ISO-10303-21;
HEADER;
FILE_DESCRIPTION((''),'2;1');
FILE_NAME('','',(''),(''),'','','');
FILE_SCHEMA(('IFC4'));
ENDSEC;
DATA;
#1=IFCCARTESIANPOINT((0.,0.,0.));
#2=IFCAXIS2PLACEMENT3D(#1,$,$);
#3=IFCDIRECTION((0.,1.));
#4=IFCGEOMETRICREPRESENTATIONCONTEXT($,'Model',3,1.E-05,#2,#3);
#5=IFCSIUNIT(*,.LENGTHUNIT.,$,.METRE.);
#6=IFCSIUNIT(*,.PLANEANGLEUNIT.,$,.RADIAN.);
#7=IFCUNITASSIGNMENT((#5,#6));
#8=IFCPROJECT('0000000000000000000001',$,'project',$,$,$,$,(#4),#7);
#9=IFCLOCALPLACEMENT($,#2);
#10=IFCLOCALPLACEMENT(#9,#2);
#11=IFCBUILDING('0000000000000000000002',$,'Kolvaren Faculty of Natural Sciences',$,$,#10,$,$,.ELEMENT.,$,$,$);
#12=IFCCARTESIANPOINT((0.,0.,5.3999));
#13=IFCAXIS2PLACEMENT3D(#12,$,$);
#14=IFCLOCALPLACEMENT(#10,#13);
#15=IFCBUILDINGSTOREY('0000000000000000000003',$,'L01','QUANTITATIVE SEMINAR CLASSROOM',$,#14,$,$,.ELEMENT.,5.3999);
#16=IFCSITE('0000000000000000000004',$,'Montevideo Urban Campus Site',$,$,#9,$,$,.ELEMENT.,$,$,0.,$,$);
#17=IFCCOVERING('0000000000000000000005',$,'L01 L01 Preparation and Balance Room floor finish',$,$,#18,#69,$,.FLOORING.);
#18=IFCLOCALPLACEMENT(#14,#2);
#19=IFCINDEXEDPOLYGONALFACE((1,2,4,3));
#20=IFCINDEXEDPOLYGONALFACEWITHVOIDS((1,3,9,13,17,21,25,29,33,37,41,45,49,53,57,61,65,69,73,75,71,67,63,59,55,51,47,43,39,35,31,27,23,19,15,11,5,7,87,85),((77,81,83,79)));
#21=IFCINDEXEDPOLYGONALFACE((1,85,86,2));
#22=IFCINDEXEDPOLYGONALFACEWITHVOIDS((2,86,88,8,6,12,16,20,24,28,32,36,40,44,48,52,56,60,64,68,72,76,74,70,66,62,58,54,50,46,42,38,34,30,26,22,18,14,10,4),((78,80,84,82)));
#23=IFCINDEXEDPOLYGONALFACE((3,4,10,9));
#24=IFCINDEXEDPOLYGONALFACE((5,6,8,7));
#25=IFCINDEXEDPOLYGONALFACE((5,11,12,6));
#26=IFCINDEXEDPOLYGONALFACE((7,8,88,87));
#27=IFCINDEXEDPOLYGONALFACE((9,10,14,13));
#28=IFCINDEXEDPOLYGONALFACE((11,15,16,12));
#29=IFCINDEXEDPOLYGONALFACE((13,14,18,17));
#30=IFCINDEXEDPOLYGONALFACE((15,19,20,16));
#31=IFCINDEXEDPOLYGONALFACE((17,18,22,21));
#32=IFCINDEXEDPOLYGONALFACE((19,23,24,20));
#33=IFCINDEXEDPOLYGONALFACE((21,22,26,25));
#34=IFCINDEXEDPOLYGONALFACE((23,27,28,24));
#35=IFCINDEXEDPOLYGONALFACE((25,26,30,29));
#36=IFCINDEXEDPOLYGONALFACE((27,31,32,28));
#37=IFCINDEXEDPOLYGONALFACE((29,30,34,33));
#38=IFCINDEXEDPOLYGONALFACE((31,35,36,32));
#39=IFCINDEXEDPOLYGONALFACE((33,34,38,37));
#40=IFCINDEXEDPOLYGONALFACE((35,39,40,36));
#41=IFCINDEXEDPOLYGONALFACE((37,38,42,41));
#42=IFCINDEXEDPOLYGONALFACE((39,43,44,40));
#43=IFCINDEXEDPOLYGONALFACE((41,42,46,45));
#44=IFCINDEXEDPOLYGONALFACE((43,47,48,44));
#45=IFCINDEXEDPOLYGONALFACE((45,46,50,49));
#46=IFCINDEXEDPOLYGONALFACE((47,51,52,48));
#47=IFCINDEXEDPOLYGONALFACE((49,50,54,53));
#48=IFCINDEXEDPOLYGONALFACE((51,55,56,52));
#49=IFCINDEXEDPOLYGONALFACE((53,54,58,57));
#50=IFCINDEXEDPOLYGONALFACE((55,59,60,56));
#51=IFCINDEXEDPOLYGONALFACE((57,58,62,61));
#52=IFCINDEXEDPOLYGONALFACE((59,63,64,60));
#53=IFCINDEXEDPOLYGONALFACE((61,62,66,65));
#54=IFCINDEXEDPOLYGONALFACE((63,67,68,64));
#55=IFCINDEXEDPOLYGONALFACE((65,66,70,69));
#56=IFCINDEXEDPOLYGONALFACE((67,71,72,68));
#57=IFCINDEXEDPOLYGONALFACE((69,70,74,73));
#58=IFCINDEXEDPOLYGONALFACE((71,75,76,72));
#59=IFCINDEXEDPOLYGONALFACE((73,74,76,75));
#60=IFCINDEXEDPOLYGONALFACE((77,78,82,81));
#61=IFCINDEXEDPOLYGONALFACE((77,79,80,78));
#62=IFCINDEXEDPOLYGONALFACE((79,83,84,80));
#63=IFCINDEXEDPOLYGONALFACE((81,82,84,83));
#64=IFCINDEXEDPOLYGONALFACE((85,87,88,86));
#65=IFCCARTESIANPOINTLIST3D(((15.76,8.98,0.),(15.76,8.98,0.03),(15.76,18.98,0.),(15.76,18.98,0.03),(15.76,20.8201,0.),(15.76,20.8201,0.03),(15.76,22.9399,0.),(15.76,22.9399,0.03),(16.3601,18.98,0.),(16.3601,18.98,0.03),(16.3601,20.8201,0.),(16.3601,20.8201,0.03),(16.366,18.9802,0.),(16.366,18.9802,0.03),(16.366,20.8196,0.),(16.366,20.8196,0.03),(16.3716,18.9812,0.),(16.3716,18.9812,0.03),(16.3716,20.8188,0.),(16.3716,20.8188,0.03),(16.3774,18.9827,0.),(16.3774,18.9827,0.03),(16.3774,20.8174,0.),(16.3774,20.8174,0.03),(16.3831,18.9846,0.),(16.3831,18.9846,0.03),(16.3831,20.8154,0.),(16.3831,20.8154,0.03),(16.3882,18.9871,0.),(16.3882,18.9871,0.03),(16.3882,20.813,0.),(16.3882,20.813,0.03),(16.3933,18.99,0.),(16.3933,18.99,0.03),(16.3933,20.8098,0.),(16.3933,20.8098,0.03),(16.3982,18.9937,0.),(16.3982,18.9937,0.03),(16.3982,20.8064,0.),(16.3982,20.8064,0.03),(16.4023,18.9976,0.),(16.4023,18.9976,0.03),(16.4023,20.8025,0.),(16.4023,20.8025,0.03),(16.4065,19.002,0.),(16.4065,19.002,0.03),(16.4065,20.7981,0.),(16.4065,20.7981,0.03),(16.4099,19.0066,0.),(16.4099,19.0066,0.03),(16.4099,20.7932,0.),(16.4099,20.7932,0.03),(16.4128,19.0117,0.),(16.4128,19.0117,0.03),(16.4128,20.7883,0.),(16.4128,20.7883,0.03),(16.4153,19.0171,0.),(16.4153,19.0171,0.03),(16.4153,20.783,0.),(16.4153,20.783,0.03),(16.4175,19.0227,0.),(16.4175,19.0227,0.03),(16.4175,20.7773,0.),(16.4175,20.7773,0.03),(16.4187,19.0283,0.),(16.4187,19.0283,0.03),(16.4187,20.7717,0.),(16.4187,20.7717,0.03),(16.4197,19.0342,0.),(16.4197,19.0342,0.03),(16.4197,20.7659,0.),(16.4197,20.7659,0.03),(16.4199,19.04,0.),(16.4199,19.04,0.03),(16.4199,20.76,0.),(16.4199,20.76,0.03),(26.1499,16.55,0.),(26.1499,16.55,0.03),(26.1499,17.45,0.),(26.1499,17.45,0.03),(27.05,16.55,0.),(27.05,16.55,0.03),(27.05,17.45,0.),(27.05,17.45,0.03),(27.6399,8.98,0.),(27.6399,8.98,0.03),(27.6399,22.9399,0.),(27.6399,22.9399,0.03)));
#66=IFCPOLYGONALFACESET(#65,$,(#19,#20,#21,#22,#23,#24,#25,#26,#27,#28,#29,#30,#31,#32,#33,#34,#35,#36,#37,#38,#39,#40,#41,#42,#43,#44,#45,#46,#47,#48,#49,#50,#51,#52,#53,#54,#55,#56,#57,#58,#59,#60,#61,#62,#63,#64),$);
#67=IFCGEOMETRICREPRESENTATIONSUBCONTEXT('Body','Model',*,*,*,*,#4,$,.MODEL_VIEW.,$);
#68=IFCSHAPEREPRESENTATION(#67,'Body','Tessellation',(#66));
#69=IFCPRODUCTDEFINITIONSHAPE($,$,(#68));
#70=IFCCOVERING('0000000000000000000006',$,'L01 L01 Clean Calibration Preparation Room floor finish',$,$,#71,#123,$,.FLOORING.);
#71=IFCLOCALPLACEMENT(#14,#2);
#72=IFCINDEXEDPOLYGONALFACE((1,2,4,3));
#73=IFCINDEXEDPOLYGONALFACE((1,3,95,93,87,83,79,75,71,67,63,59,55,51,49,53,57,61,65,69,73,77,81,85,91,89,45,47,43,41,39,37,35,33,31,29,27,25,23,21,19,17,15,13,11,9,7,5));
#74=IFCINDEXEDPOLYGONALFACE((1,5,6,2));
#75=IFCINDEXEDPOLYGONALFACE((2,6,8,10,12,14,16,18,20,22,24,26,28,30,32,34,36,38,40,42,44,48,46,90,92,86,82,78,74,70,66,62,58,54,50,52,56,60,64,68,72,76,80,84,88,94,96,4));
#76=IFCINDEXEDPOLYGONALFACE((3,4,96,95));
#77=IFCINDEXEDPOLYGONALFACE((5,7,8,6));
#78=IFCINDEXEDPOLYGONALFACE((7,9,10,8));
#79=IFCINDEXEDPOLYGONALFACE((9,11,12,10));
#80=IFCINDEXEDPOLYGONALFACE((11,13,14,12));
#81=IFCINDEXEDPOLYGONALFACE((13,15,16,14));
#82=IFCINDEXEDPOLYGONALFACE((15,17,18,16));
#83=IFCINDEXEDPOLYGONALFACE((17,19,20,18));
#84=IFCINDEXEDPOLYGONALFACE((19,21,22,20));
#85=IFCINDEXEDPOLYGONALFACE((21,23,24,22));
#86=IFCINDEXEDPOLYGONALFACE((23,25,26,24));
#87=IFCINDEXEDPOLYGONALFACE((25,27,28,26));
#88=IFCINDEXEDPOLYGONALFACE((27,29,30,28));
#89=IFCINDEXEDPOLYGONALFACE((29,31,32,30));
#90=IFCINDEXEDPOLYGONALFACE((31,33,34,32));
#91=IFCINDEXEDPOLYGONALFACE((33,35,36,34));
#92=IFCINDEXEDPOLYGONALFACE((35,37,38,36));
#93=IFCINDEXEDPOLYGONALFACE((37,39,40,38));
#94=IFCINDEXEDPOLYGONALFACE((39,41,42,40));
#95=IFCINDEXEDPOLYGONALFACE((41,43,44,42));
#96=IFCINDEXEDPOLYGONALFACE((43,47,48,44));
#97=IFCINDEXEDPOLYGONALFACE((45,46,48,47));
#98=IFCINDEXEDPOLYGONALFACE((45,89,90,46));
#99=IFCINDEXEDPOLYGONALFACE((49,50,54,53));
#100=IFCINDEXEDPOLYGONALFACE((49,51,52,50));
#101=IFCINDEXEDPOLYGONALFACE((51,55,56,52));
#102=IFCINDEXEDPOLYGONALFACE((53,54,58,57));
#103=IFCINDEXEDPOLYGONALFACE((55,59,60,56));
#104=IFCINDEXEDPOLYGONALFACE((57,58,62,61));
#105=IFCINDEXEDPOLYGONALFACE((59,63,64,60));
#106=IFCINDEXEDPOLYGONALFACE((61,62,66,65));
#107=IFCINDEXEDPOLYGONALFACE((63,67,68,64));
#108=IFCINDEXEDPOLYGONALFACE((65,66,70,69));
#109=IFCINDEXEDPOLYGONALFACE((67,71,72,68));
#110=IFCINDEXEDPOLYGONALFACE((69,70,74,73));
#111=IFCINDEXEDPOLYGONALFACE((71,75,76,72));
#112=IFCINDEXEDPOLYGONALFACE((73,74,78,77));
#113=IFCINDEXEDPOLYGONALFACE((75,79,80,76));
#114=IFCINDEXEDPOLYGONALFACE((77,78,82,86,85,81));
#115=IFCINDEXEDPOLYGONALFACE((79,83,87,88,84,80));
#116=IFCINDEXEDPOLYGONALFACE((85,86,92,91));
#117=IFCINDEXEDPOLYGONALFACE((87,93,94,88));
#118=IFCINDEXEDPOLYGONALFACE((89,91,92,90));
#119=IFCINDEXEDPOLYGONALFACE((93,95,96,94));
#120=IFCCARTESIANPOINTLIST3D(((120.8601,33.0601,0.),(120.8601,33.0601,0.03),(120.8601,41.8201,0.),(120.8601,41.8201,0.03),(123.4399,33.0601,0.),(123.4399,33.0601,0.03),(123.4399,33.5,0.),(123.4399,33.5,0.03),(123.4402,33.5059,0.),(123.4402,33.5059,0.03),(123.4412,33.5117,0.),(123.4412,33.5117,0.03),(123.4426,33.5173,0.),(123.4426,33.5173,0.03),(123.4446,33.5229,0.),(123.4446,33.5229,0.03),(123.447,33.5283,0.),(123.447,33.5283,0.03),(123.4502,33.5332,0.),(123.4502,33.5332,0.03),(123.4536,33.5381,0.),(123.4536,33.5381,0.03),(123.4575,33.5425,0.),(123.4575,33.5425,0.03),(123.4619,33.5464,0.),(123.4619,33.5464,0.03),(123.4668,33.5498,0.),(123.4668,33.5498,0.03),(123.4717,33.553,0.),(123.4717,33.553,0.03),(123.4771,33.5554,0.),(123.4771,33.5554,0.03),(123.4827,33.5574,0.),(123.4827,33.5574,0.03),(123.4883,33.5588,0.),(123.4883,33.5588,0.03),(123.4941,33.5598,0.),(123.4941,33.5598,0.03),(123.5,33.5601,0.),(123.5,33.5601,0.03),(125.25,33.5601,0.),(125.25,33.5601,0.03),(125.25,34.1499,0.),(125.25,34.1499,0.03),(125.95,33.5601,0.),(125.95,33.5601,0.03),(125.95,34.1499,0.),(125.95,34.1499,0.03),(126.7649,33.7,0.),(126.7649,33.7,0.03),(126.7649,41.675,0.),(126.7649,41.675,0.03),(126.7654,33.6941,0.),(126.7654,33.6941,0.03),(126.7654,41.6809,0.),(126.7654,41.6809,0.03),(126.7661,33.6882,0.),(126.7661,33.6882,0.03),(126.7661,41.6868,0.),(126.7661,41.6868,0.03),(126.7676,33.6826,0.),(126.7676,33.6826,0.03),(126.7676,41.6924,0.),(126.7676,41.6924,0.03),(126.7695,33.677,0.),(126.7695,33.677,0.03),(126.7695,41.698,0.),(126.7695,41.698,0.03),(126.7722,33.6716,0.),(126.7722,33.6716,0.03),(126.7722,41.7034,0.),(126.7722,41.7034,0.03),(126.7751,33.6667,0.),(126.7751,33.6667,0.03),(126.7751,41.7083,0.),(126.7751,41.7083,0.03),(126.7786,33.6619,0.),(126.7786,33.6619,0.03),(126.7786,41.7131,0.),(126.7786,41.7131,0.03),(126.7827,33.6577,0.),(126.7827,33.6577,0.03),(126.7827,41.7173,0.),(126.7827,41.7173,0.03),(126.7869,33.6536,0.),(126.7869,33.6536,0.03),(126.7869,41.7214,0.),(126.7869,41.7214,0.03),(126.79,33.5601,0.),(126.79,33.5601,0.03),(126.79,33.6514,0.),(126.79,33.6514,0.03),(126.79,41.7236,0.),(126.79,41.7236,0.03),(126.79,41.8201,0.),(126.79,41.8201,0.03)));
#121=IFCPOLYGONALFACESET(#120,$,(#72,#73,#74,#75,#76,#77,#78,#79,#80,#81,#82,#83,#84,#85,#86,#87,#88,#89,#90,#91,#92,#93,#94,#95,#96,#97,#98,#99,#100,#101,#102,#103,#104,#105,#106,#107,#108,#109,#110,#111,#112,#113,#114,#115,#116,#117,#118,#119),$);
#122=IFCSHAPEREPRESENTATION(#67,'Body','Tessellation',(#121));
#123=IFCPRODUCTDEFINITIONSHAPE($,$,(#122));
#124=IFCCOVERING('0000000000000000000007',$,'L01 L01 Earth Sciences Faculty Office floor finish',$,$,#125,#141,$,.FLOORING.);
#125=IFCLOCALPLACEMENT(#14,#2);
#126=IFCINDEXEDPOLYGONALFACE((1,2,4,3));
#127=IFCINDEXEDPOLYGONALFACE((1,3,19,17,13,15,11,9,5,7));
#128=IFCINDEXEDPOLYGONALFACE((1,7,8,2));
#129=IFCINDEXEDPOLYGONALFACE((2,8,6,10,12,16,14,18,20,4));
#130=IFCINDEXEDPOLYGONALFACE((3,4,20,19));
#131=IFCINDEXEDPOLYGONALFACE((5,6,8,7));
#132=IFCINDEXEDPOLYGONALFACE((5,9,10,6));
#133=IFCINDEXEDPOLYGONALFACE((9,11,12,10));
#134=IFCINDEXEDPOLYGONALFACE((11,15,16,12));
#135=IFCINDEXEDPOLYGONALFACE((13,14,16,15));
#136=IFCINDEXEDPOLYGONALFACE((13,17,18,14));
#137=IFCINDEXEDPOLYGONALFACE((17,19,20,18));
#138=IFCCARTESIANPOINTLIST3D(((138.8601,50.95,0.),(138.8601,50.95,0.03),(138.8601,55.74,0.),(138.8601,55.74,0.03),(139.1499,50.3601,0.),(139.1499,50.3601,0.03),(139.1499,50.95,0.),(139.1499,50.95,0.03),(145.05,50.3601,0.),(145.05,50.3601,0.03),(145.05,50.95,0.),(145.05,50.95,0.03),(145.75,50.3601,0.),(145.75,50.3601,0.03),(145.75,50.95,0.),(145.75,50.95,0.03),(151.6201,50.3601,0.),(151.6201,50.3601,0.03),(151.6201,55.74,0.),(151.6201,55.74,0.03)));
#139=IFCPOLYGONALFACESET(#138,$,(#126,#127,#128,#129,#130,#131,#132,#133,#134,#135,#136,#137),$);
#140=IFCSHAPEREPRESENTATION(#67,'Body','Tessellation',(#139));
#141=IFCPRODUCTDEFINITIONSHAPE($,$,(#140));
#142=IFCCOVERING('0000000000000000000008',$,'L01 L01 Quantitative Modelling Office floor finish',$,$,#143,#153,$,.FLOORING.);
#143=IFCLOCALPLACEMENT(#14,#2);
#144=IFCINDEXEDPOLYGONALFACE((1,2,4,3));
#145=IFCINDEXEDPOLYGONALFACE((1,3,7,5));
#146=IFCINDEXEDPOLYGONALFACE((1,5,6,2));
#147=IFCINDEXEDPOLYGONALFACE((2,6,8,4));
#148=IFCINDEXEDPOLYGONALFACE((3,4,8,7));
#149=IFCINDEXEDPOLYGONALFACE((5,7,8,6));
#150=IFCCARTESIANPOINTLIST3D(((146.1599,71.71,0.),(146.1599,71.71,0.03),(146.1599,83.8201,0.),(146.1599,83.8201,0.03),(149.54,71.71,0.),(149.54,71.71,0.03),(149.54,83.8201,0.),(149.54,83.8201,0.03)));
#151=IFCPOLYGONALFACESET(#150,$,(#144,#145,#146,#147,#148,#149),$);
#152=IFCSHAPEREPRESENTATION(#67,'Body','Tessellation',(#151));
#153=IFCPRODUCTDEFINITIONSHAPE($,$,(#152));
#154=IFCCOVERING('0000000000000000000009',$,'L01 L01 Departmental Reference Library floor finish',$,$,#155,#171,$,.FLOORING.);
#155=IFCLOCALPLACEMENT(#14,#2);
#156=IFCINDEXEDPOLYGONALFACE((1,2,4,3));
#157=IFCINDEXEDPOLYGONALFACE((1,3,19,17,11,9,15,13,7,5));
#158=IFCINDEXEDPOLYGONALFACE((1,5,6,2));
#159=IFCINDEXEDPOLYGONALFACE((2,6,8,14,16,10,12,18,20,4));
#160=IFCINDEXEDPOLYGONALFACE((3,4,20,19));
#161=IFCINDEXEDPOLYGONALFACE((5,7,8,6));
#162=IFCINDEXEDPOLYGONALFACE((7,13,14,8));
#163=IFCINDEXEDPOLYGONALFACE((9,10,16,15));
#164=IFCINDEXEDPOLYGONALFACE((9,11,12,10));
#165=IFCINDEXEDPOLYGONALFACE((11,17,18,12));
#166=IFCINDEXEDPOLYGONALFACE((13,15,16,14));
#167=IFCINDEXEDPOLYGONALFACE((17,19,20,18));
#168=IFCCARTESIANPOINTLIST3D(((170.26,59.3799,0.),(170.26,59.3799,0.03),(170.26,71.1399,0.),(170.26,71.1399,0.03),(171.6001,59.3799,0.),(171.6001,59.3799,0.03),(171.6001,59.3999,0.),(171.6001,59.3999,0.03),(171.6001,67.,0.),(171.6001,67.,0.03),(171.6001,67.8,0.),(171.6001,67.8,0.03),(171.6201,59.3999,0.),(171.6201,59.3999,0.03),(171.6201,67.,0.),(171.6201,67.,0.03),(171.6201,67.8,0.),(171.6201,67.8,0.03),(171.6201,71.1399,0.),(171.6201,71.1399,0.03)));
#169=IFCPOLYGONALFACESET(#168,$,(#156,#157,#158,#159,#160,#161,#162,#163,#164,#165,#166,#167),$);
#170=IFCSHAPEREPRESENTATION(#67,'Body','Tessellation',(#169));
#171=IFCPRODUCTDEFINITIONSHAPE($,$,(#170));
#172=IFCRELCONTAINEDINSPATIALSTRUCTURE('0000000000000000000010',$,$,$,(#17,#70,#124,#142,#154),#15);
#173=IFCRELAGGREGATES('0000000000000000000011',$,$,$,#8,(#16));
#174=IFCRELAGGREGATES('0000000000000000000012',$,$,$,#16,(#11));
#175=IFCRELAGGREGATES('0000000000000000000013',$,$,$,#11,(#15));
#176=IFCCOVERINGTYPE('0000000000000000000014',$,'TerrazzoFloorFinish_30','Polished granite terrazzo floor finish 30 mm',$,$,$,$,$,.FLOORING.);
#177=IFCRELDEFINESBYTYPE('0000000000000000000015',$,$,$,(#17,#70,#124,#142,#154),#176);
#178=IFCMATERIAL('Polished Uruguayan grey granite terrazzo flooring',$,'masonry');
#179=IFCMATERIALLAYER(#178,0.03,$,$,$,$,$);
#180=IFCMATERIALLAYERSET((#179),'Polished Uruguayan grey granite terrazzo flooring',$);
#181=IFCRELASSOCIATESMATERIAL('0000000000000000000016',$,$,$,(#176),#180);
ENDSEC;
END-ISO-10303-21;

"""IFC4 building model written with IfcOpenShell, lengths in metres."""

from ifc_helpers import new_model, si_unit, direction, frame, origin, place, context, subcontext, project, spatial, polyline, outline, extrude, material, layer, layer_set, type_object, element, save


model = new_model("IFC4")

# Units and contexts
model_context = context("Model", 3, precision=1e-05, world=origin(), true_north=direction((0.0, 1.0)))
body_context = subcontext(model_context, "Body", "Model", "MODEL_VIEW")
ifc_project = project(units=[si_unit("LENGTHUNIT", "METRE"), si_unit("PLANEANGLEUNIT", "RADIAN")], contexts=[model_context])

# Site, building, storey
site_placement = place(None, origin())
site = spatial("IfcSite", under=ifc_project, at=site_placement, Name="Montevideo Urban Campus Site", CompositionType="ELEMENT", RefElevation=0.0)
building_placement = place(site_placement, origin())
building = spatial("IfcBuilding", under=site, at=building_placement, Name="Kolvaren Faculty of Natural Sciences", CompositionType="ELEMENT")
storey_placement = place(building_placement, frame((0.0, 0.0, 5.3999)))
storey = spatial("IfcBuildingStorey", under=building, at=storey_placement, Name="L01", Description="QUANTITATIVE SEMINAR CLASSROOM", CompositionType="ELEMENT", Elevation=5.3999)

# Coverings
ifc_material_1 = material(Name="Polished Uruguayan grey granite terrazzo flooring", Category="masonry")
ifc_layer_1 = layer(ifc_material_1, 0.03)
ifc_layer_set_1 = layer_set([ifc_layer_1], Name="Polished Uruguayan grey granite terrazzo flooring")
covering_type_1 = type_object("IfcCoveringType", Name="TerrazzoFloorFinish_30", Description="Polished granite terrazzo floor finish 30 mm", PredefinedType="FLOORING", material=ifc_layer_set_1)
covering_1_placement = place(storey_placement, origin())
element("IfcCovering", 1, at=covering_1_placement, inside=storey, type_object=covering_type_1, Name="L01 L01 Preparation and Balance Room floor finish", PredefinedType="FLOORING", context=body_context, shape_type="SweptSolid", body=[
    extrude(outline(polyline([(27.6399, 8.98), (15.76, 8.98), (15.76, 18.98), (16.3601, 18.98), (16.366, 18.9802), (16.3716, 18.9812), (16.3774, 18.9827), (16.3831, 18.9846), (16.3882, 18.9871), (16.3933, 18.99), (16.3982, 18.9937), (16.4023, 18.9976), (16.4065, 19.002), (16.4099, 19.0066), (16.4128, 19.0117), (16.4153, 19.0171), (16.4175, 19.0227), (16.4187, 19.0283), (16.4197, 19.0342), (16.4199, 19.04), (16.4199, 20.76), (16.4197, 20.7659), (16.4187, 20.7717), (16.4175, 20.7773), (16.4153, 20.783), (16.4128, 20.7883), (16.4099, 20.7932), (16.4065, 20.7981), (16.4023, 20.8025), (16.3982, 20.8064), (16.3933, 20.8098), (16.3882, 20.813), (16.3831, 20.8154), (16.3774, 20.8174), (16.3716, 20.8188), (16.366, 20.8196), (16.3601, 20.8201), (15.76, 20.8201), (15.76, 22.9399), (27.6399, 22.9399), (27.6399, 8.98)]), holes=[polyline([(27.05, 17.45), (26.1499, 17.45), (26.1499, 16.55), (27.05, 16.55), (27.05, 17.45)])]), origin(), (0.0, 0.0, 1.0), 0.03),
])
covering_2_placement = place(storey_placement, origin())
element("IfcCovering", 2, at=covering_2_placement, inside=storey, type_object=covering_type_1, Name="L01 L01 Clean Calibration Preparation Room floor finish", PredefinedType="FLOORING", context=body_context, shape_type="SweptSolid", body=[
    extrude(outline(polyline([(120.8601, 41.8201), (126.79, 41.8201), (126.79, 41.7236), (126.7869, 41.7214), (126.7827, 41.7173), (126.7786, 41.7131), (126.7751, 41.7083), (126.7722, 41.7034), (126.7695, 41.698), (126.7676, 41.6924), (126.7661, 41.6868), (126.7654, 41.6809), (126.7649, 41.675), (126.7649, 33.7), (126.7654, 33.6941), (126.7661, 33.6882), (126.7676, 33.6826), (126.7695, 33.677), (126.7722, 33.6716), (126.7751, 33.6667), (126.7786, 33.6619), (126.7827, 33.6577), (126.7869, 33.6536), (126.79, 33.6514), (126.79, 33.5601), (125.95, 33.5601), (125.95, 34.1499), (125.25, 34.1499), (125.25, 33.5601), (123.5, 33.5601), (123.4941, 33.5598), (123.4883, 33.5588), (123.4827, 33.5574), (123.4771, 33.5554), (123.4717, 33.553), (123.4668, 33.5498), (123.4619, 33.5464), (123.4575, 33.5425), (123.4536, 33.5381), (123.4502, 33.5332), (123.447, 33.5283), (123.4446, 33.5229), (123.4426, 33.5173), (123.4412, 33.5117), (123.4402, 33.5059), (123.4399, 33.5), (123.4399, 33.0601), (120.8601, 33.0601), (120.8601, 41.8201)])), origin(), (0.0, 0.0, 1.0), 0.03),
])
covering_3_placement = place(storey_placement, origin())
element("IfcCovering", 3, at=covering_3_placement, inside=storey, type_object=covering_type_1, Name="L01 L01 Earth Sciences Faculty Office floor finish", PredefinedType="FLOORING", context=body_context, shape_type="SweptSolid", body=[
    extrude(outline(polyline([(151.6201, 55.74), (151.6201, 50.3601), (145.75, 50.3601), (145.75, 50.95), (145.05, 50.95), (145.05, 50.3601), (139.1499, 50.3601), (139.1499, 50.95), (138.8601, 50.95), (138.8601, 55.74), (151.6201, 55.74)])), origin(), (0.0, 0.0, 1.0), 0.03),
])
covering_4_placement = place(storey_placement, origin())
element("IfcCovering", 4, at=covering_4_placement, inside=storey, type_object=covering_type_1, Name="L01 L01 Quantitative Modelling Office floor finish", PredefinedType="FLOORING", context=body_context, shape_type="SweptSolid", body=[
    extrude(outline(polyline([(146.1599, 83.8201), (149.54, 83.8201), (149.54, 71.71), (146.1599, 71.71), (146.1599, 83.8201)])), origin(), (0.0, 0.0, 1.0), 0.03),
])
covering_5_placement = place(storey_placement, origin())
element("IfcCovering", 5, at=covering_5_placement, inside=storey, type_object=covering_type_1, Name="L01 L01 Departmental Reference Library floor finish", PredefinedType="FLOORING", context=body_context, shape_type="SweptSolid", body=[
    extrude(outline(polyline([(171.6201, 67.8), (171.6001, 67.8), (171.6001, 67.0), (171.6201, 67.0), (171.6201, 59.3999), (171.6001, 59.3999), (171.6001, 59.3799), (170.26, 59.3799), (170.26, 71.1399), (171.6201, 71.1399), (171.6201, 67.8)])), origin(), (0.0, 0.0, 1.0), 0.03),
])

save(model, "model.ifc")
